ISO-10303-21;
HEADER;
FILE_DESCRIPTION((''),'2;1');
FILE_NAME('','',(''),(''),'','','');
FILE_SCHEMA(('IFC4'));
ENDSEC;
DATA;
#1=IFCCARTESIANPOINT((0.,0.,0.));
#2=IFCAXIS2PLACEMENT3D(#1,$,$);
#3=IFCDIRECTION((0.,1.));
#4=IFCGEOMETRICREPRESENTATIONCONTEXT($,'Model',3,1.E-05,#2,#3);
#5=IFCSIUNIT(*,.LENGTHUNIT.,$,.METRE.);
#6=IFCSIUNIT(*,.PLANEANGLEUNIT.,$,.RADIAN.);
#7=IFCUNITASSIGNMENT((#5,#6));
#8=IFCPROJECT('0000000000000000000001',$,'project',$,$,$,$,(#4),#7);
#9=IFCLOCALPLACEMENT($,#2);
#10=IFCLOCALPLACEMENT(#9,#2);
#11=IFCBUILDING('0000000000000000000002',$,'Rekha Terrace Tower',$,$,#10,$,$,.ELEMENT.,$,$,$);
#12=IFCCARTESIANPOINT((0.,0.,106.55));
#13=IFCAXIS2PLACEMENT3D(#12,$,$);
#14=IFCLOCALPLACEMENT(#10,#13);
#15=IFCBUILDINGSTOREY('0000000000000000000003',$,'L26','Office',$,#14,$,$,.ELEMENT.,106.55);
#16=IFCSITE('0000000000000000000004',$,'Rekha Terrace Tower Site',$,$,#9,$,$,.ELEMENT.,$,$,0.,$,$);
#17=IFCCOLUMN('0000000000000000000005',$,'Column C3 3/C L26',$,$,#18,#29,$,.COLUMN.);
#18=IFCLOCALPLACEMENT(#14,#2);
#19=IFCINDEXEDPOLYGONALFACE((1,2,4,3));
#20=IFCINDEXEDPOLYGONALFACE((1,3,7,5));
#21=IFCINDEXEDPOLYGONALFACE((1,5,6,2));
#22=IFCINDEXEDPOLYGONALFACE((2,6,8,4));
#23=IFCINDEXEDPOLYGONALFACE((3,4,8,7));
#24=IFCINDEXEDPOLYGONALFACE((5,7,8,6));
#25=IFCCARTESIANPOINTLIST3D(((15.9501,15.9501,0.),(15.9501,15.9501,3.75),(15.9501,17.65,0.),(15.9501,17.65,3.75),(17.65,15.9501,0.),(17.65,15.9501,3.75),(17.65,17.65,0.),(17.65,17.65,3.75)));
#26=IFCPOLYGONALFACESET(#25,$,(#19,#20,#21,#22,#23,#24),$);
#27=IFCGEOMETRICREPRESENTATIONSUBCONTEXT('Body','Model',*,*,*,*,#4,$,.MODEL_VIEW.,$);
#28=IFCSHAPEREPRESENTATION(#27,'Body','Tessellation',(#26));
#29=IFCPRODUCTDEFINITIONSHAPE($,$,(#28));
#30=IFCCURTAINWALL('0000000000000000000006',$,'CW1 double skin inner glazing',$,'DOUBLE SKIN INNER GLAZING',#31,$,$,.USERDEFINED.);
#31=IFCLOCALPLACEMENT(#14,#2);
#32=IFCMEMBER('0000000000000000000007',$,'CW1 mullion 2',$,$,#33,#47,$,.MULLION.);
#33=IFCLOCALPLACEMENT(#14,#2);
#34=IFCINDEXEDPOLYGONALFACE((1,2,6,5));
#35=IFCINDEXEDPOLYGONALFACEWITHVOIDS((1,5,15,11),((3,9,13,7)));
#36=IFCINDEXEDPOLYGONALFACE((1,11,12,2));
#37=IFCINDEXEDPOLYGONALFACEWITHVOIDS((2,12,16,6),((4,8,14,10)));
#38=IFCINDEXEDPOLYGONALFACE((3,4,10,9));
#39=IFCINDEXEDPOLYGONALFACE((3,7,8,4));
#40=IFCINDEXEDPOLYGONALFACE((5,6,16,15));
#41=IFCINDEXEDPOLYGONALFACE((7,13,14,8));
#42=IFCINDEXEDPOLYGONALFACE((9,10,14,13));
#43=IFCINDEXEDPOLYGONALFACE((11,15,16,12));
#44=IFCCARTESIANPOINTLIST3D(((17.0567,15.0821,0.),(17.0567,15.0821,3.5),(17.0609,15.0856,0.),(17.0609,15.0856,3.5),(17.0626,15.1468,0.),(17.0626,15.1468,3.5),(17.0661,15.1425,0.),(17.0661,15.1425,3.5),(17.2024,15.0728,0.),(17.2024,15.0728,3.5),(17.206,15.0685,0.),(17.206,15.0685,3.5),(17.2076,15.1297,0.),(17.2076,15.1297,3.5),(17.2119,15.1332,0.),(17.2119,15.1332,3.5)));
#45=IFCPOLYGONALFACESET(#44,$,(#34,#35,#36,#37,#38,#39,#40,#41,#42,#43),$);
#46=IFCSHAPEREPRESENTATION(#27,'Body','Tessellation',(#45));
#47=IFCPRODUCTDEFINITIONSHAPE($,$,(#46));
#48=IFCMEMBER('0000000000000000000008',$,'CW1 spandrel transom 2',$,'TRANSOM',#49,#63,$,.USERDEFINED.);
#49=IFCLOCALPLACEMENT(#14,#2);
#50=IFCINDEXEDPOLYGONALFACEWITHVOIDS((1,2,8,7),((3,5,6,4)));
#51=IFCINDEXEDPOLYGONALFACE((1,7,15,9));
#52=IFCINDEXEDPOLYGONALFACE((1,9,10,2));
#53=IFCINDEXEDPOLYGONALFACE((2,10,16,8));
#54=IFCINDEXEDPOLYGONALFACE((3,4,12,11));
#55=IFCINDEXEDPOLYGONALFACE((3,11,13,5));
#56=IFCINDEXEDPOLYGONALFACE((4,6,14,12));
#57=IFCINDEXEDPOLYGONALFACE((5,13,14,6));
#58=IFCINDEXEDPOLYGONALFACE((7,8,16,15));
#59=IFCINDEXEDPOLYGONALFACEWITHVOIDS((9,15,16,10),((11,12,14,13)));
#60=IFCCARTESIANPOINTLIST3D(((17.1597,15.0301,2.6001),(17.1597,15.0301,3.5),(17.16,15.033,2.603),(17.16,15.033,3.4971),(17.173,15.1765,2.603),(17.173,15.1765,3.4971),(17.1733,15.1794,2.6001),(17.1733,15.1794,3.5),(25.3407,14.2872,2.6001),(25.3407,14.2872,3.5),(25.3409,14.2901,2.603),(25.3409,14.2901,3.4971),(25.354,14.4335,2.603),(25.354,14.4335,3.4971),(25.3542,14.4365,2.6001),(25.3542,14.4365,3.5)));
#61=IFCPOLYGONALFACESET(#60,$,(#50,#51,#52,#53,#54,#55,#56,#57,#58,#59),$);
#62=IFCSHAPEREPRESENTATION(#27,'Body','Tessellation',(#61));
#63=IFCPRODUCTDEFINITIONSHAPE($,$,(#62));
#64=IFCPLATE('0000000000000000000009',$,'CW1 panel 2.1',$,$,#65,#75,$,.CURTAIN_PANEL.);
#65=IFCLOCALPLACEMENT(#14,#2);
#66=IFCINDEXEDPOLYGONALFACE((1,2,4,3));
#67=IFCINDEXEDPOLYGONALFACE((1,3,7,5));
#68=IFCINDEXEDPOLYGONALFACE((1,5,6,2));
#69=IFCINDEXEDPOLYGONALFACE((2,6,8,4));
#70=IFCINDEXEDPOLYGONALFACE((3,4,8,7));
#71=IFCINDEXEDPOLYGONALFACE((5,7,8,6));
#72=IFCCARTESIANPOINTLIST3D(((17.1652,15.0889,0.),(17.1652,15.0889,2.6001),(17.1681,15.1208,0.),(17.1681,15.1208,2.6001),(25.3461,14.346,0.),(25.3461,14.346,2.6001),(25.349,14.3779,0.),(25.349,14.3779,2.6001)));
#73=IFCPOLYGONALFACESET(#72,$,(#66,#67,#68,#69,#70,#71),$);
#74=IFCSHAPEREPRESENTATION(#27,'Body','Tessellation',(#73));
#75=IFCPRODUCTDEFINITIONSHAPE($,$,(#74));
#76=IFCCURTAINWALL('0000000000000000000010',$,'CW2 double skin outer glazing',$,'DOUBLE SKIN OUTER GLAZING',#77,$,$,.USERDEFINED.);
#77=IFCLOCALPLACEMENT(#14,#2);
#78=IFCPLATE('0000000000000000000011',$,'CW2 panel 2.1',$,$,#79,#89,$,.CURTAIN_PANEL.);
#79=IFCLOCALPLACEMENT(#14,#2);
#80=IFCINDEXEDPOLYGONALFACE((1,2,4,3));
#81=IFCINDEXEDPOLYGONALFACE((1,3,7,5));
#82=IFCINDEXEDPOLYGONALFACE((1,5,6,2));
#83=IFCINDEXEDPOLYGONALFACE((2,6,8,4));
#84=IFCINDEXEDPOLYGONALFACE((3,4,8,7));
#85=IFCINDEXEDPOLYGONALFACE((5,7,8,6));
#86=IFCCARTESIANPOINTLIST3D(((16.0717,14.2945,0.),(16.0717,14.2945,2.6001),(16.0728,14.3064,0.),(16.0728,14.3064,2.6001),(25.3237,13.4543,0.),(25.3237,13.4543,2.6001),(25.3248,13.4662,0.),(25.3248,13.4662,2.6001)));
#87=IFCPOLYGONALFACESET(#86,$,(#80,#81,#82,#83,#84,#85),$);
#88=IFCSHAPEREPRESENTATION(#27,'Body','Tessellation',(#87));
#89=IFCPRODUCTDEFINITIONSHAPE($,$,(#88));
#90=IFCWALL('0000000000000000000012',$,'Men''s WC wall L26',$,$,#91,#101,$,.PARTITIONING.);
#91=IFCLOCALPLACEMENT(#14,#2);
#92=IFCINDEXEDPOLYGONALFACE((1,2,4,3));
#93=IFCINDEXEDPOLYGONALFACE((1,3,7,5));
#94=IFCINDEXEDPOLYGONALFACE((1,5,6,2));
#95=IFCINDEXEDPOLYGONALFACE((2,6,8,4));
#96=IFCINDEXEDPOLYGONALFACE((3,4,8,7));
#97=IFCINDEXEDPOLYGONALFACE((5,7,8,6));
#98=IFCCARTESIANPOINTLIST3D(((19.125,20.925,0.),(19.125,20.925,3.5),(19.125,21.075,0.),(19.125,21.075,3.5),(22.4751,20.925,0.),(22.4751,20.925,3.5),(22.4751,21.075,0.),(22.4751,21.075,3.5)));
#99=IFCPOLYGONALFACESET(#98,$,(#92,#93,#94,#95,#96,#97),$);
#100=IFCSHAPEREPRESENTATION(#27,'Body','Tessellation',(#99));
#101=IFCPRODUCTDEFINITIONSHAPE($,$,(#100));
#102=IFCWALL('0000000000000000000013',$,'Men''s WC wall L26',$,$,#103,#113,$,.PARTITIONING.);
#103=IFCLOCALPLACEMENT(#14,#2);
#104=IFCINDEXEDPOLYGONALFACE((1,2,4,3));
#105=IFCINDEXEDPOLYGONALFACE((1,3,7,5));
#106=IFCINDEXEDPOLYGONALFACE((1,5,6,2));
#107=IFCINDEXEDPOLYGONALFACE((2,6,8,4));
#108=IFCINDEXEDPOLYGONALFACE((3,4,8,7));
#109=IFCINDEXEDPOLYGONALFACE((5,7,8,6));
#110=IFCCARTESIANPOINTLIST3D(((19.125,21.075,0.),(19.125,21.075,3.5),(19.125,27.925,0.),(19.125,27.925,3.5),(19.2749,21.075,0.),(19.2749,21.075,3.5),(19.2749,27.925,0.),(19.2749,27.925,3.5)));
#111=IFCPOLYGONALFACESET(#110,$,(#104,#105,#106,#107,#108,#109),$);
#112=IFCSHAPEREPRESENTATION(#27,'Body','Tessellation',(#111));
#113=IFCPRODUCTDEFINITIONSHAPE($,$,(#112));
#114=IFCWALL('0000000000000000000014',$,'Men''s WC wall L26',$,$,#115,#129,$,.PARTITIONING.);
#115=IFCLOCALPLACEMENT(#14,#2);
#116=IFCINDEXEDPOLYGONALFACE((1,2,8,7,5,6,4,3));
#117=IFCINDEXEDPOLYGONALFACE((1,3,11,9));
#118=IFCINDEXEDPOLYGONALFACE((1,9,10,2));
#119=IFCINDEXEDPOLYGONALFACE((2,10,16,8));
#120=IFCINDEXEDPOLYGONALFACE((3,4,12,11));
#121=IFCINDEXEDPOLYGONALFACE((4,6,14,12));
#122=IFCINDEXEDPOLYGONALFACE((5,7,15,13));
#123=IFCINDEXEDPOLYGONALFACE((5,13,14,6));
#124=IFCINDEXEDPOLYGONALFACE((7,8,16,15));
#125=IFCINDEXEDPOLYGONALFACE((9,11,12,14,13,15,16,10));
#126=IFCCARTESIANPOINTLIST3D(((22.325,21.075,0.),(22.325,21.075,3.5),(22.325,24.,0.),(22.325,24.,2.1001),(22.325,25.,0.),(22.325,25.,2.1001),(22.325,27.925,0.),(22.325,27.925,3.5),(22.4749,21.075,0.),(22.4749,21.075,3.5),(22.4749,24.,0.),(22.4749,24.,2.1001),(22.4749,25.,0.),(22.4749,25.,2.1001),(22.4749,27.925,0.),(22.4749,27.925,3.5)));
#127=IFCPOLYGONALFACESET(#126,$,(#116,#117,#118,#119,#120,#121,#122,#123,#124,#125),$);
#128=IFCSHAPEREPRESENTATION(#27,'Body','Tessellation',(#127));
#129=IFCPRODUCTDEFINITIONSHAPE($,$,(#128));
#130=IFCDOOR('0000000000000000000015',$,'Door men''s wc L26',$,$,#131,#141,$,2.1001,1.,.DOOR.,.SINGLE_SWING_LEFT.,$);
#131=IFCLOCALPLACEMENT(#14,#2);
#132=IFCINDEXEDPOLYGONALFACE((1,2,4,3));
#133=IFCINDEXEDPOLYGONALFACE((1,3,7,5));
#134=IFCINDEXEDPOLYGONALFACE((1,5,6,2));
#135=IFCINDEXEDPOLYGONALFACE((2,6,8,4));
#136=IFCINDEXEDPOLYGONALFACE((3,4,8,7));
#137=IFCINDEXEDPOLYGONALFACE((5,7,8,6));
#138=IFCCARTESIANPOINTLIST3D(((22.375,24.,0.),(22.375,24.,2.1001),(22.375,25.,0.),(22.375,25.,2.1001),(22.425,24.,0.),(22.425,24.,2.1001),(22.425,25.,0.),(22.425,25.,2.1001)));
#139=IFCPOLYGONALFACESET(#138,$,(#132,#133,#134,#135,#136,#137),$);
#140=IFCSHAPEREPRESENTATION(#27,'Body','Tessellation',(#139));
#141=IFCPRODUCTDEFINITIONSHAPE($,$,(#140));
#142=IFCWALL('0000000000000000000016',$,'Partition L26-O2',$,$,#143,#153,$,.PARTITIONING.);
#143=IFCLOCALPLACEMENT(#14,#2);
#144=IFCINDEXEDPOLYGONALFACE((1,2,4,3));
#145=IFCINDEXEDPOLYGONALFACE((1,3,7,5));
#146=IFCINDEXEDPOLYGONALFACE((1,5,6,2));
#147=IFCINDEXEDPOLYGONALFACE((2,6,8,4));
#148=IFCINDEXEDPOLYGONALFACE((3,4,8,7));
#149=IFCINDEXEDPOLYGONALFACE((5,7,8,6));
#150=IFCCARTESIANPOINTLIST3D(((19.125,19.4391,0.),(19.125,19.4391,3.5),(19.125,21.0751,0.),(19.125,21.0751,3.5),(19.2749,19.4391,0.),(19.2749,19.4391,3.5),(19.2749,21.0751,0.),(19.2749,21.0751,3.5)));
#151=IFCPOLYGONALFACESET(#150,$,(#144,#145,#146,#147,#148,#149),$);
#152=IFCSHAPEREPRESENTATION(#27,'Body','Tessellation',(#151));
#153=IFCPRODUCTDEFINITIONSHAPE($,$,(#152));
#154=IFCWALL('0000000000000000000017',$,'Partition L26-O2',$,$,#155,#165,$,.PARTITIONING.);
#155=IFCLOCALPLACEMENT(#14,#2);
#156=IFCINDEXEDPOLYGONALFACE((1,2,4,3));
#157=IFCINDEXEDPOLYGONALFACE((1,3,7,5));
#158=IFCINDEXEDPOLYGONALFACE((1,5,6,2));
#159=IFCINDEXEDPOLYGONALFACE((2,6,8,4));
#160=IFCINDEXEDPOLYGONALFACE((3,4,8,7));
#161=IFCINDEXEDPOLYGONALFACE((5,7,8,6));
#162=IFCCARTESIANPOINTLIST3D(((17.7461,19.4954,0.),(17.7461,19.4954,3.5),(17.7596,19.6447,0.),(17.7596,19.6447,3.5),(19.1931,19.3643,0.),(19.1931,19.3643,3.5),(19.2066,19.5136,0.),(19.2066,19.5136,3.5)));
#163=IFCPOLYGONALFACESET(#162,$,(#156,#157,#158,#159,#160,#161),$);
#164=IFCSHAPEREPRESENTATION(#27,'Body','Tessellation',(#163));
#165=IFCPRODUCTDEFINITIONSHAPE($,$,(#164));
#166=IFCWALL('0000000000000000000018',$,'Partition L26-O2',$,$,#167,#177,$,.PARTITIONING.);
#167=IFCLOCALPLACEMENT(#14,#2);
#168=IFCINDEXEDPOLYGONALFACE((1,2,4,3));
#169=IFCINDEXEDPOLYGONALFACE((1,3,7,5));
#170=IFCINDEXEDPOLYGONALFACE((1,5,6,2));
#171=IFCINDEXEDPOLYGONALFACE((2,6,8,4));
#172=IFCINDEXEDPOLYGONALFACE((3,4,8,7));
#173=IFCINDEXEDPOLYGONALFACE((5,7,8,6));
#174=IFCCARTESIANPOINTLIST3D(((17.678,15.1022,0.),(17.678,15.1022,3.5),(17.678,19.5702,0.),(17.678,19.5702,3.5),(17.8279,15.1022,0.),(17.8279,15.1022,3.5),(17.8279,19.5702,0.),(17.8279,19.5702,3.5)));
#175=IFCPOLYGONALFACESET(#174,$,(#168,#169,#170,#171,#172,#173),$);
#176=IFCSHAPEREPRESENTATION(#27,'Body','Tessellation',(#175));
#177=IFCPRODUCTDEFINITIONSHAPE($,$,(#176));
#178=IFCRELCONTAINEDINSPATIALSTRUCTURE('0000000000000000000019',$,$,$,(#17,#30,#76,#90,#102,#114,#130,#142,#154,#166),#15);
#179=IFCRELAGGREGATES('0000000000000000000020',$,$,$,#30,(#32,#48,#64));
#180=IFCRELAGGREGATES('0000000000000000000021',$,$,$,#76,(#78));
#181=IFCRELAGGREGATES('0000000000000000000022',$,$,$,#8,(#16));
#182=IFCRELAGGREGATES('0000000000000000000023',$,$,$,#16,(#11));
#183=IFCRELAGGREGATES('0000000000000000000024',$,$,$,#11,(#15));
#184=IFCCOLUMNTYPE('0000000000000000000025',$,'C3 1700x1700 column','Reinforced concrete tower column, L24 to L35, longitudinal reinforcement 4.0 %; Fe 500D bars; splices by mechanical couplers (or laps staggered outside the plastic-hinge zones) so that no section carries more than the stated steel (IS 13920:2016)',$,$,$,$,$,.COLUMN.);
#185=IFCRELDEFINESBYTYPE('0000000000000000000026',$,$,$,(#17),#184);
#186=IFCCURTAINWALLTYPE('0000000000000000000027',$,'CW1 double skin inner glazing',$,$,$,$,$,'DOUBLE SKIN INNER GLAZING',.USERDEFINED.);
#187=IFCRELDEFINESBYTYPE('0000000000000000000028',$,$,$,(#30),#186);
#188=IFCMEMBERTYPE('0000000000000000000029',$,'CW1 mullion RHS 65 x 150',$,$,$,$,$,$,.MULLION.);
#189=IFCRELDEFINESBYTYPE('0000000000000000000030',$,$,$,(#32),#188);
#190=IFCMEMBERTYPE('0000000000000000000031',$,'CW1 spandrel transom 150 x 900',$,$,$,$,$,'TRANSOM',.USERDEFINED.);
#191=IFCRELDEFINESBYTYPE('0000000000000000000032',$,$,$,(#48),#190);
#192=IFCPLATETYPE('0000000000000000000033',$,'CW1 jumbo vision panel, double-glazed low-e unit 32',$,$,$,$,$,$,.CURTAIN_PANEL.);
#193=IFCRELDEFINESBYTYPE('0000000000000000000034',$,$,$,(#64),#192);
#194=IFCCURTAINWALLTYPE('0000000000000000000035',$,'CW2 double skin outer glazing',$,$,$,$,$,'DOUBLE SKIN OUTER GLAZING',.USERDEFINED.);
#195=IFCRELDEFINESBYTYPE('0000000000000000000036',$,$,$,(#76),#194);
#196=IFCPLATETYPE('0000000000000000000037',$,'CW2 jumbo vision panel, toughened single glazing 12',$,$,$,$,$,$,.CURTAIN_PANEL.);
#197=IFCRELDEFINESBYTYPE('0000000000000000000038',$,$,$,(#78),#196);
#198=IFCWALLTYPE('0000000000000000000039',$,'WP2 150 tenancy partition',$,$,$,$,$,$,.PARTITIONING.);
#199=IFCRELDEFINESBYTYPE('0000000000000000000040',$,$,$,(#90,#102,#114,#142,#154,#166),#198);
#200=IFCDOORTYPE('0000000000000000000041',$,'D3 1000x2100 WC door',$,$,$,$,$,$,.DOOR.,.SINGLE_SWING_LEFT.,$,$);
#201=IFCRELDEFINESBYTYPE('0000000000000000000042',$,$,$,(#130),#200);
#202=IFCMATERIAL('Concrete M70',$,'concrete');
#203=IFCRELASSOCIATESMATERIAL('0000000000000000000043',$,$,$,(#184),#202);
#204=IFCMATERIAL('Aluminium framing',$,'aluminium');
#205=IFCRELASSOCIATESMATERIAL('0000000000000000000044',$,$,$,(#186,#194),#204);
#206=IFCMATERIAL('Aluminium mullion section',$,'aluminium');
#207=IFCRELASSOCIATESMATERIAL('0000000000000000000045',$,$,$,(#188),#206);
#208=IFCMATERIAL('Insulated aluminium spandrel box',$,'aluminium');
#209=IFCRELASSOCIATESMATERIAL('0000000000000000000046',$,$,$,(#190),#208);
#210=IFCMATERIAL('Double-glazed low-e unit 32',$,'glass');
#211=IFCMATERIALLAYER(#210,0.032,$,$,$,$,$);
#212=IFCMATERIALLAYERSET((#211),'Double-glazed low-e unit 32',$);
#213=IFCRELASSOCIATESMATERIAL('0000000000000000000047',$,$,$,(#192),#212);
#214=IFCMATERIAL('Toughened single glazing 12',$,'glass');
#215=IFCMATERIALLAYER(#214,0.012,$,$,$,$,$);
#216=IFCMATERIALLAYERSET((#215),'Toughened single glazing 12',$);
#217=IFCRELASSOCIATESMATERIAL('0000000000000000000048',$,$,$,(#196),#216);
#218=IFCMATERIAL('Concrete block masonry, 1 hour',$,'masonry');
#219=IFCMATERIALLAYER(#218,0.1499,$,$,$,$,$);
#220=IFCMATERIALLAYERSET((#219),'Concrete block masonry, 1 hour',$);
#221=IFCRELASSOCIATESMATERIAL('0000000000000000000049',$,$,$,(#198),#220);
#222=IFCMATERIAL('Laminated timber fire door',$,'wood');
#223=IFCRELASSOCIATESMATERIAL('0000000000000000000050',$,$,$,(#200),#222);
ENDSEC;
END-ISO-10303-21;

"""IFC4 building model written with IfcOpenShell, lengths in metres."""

from ifc_helpers import new_model, si_unit, direction, frame, frame_2d, origin, origin_2d, place, context, subcontext, project, spatial, rectangle, hollow_rectangle, extrude, material, layer, layer_set, material_profile, profile_set, type_object, element, fill, aggregate, save


model = new_model("IFC4")

# Units and contexts
model_context = context("Model", 3, precision=1e-05, world=origin(), true_north=direction((0.0, 1.0)))
body_context = subcontext(model_context, "Body", "Model", "MODEL_VIEW")
ifc_project = project(units=[si_unit("LENGTHUNIT", "METRE"), si_unit("PLANEANGLEUNIT", "RADIAN")], contexts=[model_context])

# Site, building, storey
site_placement = place(None, origin())
site = spatial("IfcSite", under=ifc_project, at=site_placement, Name="Rekha Terrace Tower Site", CompositionType="ELEMENT", RefElevation=0.0)
building_placement = place(site_placement, origin())
building = spatial("IfcBuilding", under=site, at=building_placement, Name="Rekha Terrace Tower", CompositionType="ELEMENT")
storey_placement = place(building_placement, frame((0.0, 0.0, 106.55)))
storey = spatial("IfcBuildingStorey", under=building, at=storey_placement, Name="L26", Description="Office", CompositionType="ELEMENT", Elevation=106.55)

# Column
ifc_material_1 = material(Name="Concrete M70", Category="concrete")
ifc_material_profile_1 = material_profile(ifc_material_1, rectangle(XDim=1.7, YDim=1.7, at=origin_2d()), Name="RC 1700x1700")
ifc_profile_set_1 = profile_set([ifc_material_profile_1], Name="Concrete M70")
column_type = type_object("IfcColumnType", Name="C3 1700x1700 column", Description="Reinforced concrete tower column, L24 to L35, longitudinal reinforcement 4.0 %; Fe 500D bars; splices by mechanical couplers (or laps staggered outside the plastic-hinge zones) so that no section carries more than the stated steel (IS 13920:2016)", PredefinedType="COLUMN", material=ifc_profile_set_1)
column_placement = place(storey_placement, frame((16.8, 16.8, 0.0), z_axis=(0.0, 0.0, 1.0), x_axis=(1.0, 0.0, 0.0)))
element("IfcColumn", 1, at=column_placement, inside=storey, type_object=column_type, Name="Column C3 3/C L26", PredefinedType="COLUMN", context=body_context, shape_type="SweptSolid", body=[
    extrude(rectangle(XDim=1.7, YDim=1.7, at=origin_2d()), origin(), (0.0, 0.0, 1.0), 3.75),
])

# Curtain wall, members, plate
ifc_material_2 = material(Name="Aluminium framing", Category="aluminium")
curtain_wall_type_1 = type_object("IfcCurtainWallType", Name="CW1 double skin inner glazing", ElementType="DOUBLE SKIN INNER GLAZING", PredefinedType="USERDEFINED", material=ifc_material_2)
curtain_wall_1_placement = place(storey_placement, origin())
curtain_wall_1 = element("IfcCurtainWall", 2, at=curtain_wall_1_placement, inside=storey, type_object=curtain_wall_type_1, Name="CW1 double skin inner glazing", ObjectType="DOUBLE SKIN INNER GLAZING", PredefinedType="USERDEFINED")
ifc_material_3 = material(Name="Aluminium mullion section", Category="aluminium")
ifc_material_profile_2 = material_profile(ifc_material_3, hollow_rectangle(XDim=0.0649, YDim=0.1499, WallThickness=0.0039, at=origin_2d()), Name="AL RHS 65x150")
ifc_profile_set_2 = profile_set([ifc_material_profile_2], Name="Aluminium mullion section")
member_type_1 = type_object("IfcMemberType", Name="CW1 mullion RHS 65 x 150", PredefinedType="MULLION", material=ifc_profile_set_2)
member_1_placement = place(storey_placement, frame((17.1343, 15.1077, 0.0), z_axis=(0.0, 0.0, 1.0), x_axis=(0.09044, 0.995902, 0.0)))
member_1 = element("IfcMember", 3, at=member_1_placement, type_object=member_type_1, Name="CW1 mullion 2", PredefinedType="MULLION", context=body_context, shape_type="SweptSolid", body=[
    extrude(hollow_rectangle(XDim=0.0649, YDim=0.1499, WallThickness=0.0039, at=origin_2d()), origin(), (0.0, 0.0, 1.0), 3.5),
])
ifc_material_4 = material(Name="Insulated aluminium spandrel box", Category="aluminium")
ifc_material_profile_3 = material_profile(ifc_material_4, hollow_rectangle(XDim=0.1499, YDim=0.8999, WallThickness=0.0029, at=origin_2d()), Name="AL SPANDREL BOX 150x900")
ifc_profile_set_3 = profile_set([ifc_material_profile_3], Name="Insulated aluminium spandrel box")
member_type_2 = type_object("IfcMemberType", Name="CW1 spandrel transom 150 x 900", ElementType="TRANSOM", PredefinedType="USERDEFINED", material=ifc_profile_set_3)
member_2_placement = place(storey_placement, frame((17.1665, 15.1047, 3.05), z_axis=(0.995902, -0.090439, 0.0), x_axis=(0.090439, 0.995902, 0.0)))
member_2 = element("IfcMember", 4, at=member_2_placement, type_object=member_type_2, Name="CW1 spandrel transom 2", ObjectType="TRANSOM", PredefinedType="USERDEFINED", context=body_context, shape_type="SweptSolid", body=[
    extrude(hollow_rectangle(XDim=0.1499, YDim=0.8999, WallThickness=0.0029, at=origin_2d()), origin(), (0.0, 0.0, 1.0), 8.2146),
])
ifc_material_5 = material(Name="Double-glazed low-e unit 32", Category="glass")
ifc_layer_1 = layer(ifc_material_5, 0.032)
ifc_layer_set_1 = layer_set([ifc_layer_1], Name="Double-glazed low-e unit 32")
plate_type_1 = type_object("IfcPlateType", Name="CW1 jumbo vision panel, double-glazed low-e unit 32", PredefinedType="CURTAIN_PANEL", material=ifc_layer_set_1)
plate_1_placement = place(storey_placement, frame((21.2571, 14.7334, 0.0), z_axis=(0.0, 0.0, 1.0), x_axis=(0.995902, -0.09044, 0.0)))
plate_1 = element("IfcPlate", 5, at=plate_1_placement, type_object=plate_type_1, Name="CW1 panel 2.1", PredefinedType="CURTAIN_PANEL", context=body_context, shape_type="SweptSolid", body=[
    extrude(rectangle(XDim=8.2146, YDim=0.032, at=origin_2d()), origin(), (0.0, 0.0, 1.0), 2.6001),
])
aggregate(curtain_wall_1, [member_1, member_2, plate_1])

# Curtain wall, plate
curtain_wall_type_2 = type_object("IfcCurtainWallType", Name="CW2 double skin outer glazing", ElementType="DOUBLE SKIN OUTER GLAZING", PredefinedType="USERDEFINED", material=ifc_material_2)
curtain_wall_2_placement = place(storey_placement, origin())
curtain_wall_2 = element("IfcCurtainWall", 6, at=curtain_wall_2_placement, inside=storey, type_object=curtain_wall_type_2, Name="CW2 double skin outer glazing", ObjectType="DOUBLE SKIN OUTER GLAZING", PredefinedType="USERDEFINED")
ifc_material_6 = material(Name="Toughened single glazing 12", Category="glass")
ifc_layer_2 = layer(ifc_material_6, 0.012)
ifc_layer_set_2 = layer_set([ifc_layer_2], Name="Toughened single glazing 12")
plate_type_2 = type_object("IfcPlateType", Name="CW2 jumbo vision panel, toughened single glazing 12", PredefinedType="CURTAIN_PANEL", material=ifc_layer_set_2)
plate_2_placement = place(storey_placement, frame((20.6982, 13.8804, 0.0), z_axis=(0.0, 0.0, 1.0), x_axis=(0.995902, -0.09044, 0.0)))
plate_2 = element("IfcPlate", 7, at=plate_2_placement, type_object=plate_type_2, Name="CW2 panel 2.1", PredefinedType="CURTAIN_PANEL", context=body_context, shape_type="SweptSolid", body=[
    extrude(rectangle(XDim=9.29, YDim=0.012, at=origin_2d()), origin(), (0.0, 0.0, 1.0), 2.6001),
])
aggregate(curtain_wall_2, [plate_2])

# Walls
ifc_material_7 = material(Name="Concrete block masonry, 1 hour", Category="masonry")
ifc_layer_3 = layer(ifc_material_7, 0.1499)
ifc_layer_set_3 = layer_set([ifc_layer_3], Name="Concrete block masonry, 1 hour")
wall_type_1 = type_object("IfcWallType", Name="WP2 150 tenancy partition", PredefinedType="PARTITIONING", material=ifc_layer_set_3)
wall_1_placement = place(storey_placement, frame((19.125, 21.0, 0.0), z_axis=(0.0, 0.0, 1.0), x_axis=(1.0, 0.0, 0.0)))
element("IfcWall", 8, at=wall_1_placement, inside=storey, type_object=wall_type_1, Name="Men's WC wall L26", PredefinedType="PARTITIONING", context=body_context, shape_type="SweptSolid", body=[
    extrude(rectangle(XDim=3.3501, YDim=0.1499, at=frame_2d((1.675, 0.0))), origin(), (0.0, 0.0, 1.0), 3.5),
])
wall_2_placement = place(storey_placement, frame((19.2, 21.075, 0.0), z_axis=(0.0, 0.0, 1.0), x_axis=(0.0, 1.0, 0.0)))
element("IfcWall", 9, at=wall_2_placement, inside=storey, type_object=wall_type_1, Name="Men's WC wall L26", PredefinedType="PARTITIONING", context=body_context, shape_type="SweptSolid", body=[
    extrude(rectangle(XDim=6.8501, YDim=0.1499, at=frame_2d((3.425, 0.0))), origin(), (0.0, 0.0, 1.0), 3.5),
])

# Wall, opening, door
wall_3_placement = place(storey_placement, frame((22.3999, 21.075, 0.0), z_axis=(0.0, 0.0, 1.0), x_axis=(0.0, 1.0, 0.0)))
wall_3 = element("IfcWall", 10, at=wall_3_placement, inside=storey, type_object=wall_type_1, Name="Men's WC wall L26", PredefinedType="PARTITIONING", context=body_context, shape_type="SweptSolid", body=[
    extrude(rectangle(XDim=6.8501, YDim=0.1499, at=frame_2d((3.425, 0.0))), origin(), (0.0, 0.0, 1.0), 3.5),
])
opening_1_placement = place(wall_3_placement, frame((2.925, 0.0, 0.0)))
opening_1 = element("IfcOpeningElement", 11, at=opening_1_placement, cuts=wall_3, PredefinedType="OPENING", context=body_context, shape_type="SweptSolid", body=[
    extrude(rectangle(XDim=1.0, YDim=2.1001, at=frame_2d((0.5, 1.05))), frame((0.0, 0.085, 0.0), z_axis=(0.0, -1.0, 0.0), x_axis=(1.0, 0.0, 0.0)), (0.0, 0.0, 1.0), 0.1699),
])
ifc_material_8 = material(Name="Laminated timber fire door", Category="wood")
door_type_1 = type_object("IfcDoorType", Name="D3 1000x2100 WC door", OperationType="SINGLE_SWING_LEFT", PredefinedType="DOOR", material=ifc_material_8)
door_1_placement = place(opening_1_placement, origin())
door_1 = element("IfcDoor", 12, at=door_1_placement, inside=storey, type_object=door_type_1, Name="Door men's wc L26", OperationType="SINGLE_SWING_LEFT", OverallHeight=2.1001, OverallWidth=1.0, PredefinedType="DOOR", context=body_context, shape_type="SweptSolid", body=[
    extrude(rectangle(XDim=1.0, YDim=2.1001, at=frame_2d((0.5, 1.05))), frame((0.0, 0.0249, 0.0), z_axis=(0.0, -1.0, 0.0), x_axis=(1.0, 0.0, 0.0)), (0.0, 0.0, 1.0), 0.05),
])
fill(opening_1, door_1)

# Walls
wall_4_placement = place(storey_placement, frame((19.2, 21.075, 0.0), z_axis=(0.0, 0.0, 1.0), x_axis=(0.0, -1.0, 0.0)))
element("IfcWall", 13, at=wall_4_placement, inside=storey, type_object=wall_type_1, Name="Partition L26-O2", PredefinedType="PARTITIONING", context=body_context, shape_type="SweptSolid", body=[
    extrude(rectangle(XDim=1.636, YDim=0.1499, at=frame_2d((0.8179, 0.0))), origin(), (0.0, 0.0, 1.0), 3.5),
])
wall_5_placement = place(storey_placement, frame((19.2, 19.439, 0.0), z_axis=(0.0, 0.0, 1.0), x_axis=(-0.995921, 0.090233, 0.0)))
element("IfcWall", 14, at=wall_5_placement, inside=storey, type_object=wall_type_1, Name="Partition L26-O2", PredefinedType="PARTITIONING", context=body_context, shape_type="SweptSolid", body=[
    extrude(rectangle(XDim=1.4529, YDim=0.1499, at=frame_2d((0.7266, 0.0))), origin(), (0.0, 0.0, 1.0), 3.5),
])
wall_6_placement = place(storey_placement, frame((17.7529, 19.5701, 0.0), z_axis=(0.0, 0.0, 1.0), x_axis=(0.0, -1.0, 0.0)))
element("IfcWall", 15, at=wall_6_placement, inside=storey, type_object=wall_type_1, Name="Partition L26-O2", PredefinedType="PARTITIONING", context=body_context, shape_type="SweptSolid", body=[
    extrude(rectangle(XDim=4.468, YDim=0.1499, at=frame_2d((2.2339, 0.0))), origin(), (0.0, 0.0, 1.0), 3.5),
])

save(model, "model.ifc")
